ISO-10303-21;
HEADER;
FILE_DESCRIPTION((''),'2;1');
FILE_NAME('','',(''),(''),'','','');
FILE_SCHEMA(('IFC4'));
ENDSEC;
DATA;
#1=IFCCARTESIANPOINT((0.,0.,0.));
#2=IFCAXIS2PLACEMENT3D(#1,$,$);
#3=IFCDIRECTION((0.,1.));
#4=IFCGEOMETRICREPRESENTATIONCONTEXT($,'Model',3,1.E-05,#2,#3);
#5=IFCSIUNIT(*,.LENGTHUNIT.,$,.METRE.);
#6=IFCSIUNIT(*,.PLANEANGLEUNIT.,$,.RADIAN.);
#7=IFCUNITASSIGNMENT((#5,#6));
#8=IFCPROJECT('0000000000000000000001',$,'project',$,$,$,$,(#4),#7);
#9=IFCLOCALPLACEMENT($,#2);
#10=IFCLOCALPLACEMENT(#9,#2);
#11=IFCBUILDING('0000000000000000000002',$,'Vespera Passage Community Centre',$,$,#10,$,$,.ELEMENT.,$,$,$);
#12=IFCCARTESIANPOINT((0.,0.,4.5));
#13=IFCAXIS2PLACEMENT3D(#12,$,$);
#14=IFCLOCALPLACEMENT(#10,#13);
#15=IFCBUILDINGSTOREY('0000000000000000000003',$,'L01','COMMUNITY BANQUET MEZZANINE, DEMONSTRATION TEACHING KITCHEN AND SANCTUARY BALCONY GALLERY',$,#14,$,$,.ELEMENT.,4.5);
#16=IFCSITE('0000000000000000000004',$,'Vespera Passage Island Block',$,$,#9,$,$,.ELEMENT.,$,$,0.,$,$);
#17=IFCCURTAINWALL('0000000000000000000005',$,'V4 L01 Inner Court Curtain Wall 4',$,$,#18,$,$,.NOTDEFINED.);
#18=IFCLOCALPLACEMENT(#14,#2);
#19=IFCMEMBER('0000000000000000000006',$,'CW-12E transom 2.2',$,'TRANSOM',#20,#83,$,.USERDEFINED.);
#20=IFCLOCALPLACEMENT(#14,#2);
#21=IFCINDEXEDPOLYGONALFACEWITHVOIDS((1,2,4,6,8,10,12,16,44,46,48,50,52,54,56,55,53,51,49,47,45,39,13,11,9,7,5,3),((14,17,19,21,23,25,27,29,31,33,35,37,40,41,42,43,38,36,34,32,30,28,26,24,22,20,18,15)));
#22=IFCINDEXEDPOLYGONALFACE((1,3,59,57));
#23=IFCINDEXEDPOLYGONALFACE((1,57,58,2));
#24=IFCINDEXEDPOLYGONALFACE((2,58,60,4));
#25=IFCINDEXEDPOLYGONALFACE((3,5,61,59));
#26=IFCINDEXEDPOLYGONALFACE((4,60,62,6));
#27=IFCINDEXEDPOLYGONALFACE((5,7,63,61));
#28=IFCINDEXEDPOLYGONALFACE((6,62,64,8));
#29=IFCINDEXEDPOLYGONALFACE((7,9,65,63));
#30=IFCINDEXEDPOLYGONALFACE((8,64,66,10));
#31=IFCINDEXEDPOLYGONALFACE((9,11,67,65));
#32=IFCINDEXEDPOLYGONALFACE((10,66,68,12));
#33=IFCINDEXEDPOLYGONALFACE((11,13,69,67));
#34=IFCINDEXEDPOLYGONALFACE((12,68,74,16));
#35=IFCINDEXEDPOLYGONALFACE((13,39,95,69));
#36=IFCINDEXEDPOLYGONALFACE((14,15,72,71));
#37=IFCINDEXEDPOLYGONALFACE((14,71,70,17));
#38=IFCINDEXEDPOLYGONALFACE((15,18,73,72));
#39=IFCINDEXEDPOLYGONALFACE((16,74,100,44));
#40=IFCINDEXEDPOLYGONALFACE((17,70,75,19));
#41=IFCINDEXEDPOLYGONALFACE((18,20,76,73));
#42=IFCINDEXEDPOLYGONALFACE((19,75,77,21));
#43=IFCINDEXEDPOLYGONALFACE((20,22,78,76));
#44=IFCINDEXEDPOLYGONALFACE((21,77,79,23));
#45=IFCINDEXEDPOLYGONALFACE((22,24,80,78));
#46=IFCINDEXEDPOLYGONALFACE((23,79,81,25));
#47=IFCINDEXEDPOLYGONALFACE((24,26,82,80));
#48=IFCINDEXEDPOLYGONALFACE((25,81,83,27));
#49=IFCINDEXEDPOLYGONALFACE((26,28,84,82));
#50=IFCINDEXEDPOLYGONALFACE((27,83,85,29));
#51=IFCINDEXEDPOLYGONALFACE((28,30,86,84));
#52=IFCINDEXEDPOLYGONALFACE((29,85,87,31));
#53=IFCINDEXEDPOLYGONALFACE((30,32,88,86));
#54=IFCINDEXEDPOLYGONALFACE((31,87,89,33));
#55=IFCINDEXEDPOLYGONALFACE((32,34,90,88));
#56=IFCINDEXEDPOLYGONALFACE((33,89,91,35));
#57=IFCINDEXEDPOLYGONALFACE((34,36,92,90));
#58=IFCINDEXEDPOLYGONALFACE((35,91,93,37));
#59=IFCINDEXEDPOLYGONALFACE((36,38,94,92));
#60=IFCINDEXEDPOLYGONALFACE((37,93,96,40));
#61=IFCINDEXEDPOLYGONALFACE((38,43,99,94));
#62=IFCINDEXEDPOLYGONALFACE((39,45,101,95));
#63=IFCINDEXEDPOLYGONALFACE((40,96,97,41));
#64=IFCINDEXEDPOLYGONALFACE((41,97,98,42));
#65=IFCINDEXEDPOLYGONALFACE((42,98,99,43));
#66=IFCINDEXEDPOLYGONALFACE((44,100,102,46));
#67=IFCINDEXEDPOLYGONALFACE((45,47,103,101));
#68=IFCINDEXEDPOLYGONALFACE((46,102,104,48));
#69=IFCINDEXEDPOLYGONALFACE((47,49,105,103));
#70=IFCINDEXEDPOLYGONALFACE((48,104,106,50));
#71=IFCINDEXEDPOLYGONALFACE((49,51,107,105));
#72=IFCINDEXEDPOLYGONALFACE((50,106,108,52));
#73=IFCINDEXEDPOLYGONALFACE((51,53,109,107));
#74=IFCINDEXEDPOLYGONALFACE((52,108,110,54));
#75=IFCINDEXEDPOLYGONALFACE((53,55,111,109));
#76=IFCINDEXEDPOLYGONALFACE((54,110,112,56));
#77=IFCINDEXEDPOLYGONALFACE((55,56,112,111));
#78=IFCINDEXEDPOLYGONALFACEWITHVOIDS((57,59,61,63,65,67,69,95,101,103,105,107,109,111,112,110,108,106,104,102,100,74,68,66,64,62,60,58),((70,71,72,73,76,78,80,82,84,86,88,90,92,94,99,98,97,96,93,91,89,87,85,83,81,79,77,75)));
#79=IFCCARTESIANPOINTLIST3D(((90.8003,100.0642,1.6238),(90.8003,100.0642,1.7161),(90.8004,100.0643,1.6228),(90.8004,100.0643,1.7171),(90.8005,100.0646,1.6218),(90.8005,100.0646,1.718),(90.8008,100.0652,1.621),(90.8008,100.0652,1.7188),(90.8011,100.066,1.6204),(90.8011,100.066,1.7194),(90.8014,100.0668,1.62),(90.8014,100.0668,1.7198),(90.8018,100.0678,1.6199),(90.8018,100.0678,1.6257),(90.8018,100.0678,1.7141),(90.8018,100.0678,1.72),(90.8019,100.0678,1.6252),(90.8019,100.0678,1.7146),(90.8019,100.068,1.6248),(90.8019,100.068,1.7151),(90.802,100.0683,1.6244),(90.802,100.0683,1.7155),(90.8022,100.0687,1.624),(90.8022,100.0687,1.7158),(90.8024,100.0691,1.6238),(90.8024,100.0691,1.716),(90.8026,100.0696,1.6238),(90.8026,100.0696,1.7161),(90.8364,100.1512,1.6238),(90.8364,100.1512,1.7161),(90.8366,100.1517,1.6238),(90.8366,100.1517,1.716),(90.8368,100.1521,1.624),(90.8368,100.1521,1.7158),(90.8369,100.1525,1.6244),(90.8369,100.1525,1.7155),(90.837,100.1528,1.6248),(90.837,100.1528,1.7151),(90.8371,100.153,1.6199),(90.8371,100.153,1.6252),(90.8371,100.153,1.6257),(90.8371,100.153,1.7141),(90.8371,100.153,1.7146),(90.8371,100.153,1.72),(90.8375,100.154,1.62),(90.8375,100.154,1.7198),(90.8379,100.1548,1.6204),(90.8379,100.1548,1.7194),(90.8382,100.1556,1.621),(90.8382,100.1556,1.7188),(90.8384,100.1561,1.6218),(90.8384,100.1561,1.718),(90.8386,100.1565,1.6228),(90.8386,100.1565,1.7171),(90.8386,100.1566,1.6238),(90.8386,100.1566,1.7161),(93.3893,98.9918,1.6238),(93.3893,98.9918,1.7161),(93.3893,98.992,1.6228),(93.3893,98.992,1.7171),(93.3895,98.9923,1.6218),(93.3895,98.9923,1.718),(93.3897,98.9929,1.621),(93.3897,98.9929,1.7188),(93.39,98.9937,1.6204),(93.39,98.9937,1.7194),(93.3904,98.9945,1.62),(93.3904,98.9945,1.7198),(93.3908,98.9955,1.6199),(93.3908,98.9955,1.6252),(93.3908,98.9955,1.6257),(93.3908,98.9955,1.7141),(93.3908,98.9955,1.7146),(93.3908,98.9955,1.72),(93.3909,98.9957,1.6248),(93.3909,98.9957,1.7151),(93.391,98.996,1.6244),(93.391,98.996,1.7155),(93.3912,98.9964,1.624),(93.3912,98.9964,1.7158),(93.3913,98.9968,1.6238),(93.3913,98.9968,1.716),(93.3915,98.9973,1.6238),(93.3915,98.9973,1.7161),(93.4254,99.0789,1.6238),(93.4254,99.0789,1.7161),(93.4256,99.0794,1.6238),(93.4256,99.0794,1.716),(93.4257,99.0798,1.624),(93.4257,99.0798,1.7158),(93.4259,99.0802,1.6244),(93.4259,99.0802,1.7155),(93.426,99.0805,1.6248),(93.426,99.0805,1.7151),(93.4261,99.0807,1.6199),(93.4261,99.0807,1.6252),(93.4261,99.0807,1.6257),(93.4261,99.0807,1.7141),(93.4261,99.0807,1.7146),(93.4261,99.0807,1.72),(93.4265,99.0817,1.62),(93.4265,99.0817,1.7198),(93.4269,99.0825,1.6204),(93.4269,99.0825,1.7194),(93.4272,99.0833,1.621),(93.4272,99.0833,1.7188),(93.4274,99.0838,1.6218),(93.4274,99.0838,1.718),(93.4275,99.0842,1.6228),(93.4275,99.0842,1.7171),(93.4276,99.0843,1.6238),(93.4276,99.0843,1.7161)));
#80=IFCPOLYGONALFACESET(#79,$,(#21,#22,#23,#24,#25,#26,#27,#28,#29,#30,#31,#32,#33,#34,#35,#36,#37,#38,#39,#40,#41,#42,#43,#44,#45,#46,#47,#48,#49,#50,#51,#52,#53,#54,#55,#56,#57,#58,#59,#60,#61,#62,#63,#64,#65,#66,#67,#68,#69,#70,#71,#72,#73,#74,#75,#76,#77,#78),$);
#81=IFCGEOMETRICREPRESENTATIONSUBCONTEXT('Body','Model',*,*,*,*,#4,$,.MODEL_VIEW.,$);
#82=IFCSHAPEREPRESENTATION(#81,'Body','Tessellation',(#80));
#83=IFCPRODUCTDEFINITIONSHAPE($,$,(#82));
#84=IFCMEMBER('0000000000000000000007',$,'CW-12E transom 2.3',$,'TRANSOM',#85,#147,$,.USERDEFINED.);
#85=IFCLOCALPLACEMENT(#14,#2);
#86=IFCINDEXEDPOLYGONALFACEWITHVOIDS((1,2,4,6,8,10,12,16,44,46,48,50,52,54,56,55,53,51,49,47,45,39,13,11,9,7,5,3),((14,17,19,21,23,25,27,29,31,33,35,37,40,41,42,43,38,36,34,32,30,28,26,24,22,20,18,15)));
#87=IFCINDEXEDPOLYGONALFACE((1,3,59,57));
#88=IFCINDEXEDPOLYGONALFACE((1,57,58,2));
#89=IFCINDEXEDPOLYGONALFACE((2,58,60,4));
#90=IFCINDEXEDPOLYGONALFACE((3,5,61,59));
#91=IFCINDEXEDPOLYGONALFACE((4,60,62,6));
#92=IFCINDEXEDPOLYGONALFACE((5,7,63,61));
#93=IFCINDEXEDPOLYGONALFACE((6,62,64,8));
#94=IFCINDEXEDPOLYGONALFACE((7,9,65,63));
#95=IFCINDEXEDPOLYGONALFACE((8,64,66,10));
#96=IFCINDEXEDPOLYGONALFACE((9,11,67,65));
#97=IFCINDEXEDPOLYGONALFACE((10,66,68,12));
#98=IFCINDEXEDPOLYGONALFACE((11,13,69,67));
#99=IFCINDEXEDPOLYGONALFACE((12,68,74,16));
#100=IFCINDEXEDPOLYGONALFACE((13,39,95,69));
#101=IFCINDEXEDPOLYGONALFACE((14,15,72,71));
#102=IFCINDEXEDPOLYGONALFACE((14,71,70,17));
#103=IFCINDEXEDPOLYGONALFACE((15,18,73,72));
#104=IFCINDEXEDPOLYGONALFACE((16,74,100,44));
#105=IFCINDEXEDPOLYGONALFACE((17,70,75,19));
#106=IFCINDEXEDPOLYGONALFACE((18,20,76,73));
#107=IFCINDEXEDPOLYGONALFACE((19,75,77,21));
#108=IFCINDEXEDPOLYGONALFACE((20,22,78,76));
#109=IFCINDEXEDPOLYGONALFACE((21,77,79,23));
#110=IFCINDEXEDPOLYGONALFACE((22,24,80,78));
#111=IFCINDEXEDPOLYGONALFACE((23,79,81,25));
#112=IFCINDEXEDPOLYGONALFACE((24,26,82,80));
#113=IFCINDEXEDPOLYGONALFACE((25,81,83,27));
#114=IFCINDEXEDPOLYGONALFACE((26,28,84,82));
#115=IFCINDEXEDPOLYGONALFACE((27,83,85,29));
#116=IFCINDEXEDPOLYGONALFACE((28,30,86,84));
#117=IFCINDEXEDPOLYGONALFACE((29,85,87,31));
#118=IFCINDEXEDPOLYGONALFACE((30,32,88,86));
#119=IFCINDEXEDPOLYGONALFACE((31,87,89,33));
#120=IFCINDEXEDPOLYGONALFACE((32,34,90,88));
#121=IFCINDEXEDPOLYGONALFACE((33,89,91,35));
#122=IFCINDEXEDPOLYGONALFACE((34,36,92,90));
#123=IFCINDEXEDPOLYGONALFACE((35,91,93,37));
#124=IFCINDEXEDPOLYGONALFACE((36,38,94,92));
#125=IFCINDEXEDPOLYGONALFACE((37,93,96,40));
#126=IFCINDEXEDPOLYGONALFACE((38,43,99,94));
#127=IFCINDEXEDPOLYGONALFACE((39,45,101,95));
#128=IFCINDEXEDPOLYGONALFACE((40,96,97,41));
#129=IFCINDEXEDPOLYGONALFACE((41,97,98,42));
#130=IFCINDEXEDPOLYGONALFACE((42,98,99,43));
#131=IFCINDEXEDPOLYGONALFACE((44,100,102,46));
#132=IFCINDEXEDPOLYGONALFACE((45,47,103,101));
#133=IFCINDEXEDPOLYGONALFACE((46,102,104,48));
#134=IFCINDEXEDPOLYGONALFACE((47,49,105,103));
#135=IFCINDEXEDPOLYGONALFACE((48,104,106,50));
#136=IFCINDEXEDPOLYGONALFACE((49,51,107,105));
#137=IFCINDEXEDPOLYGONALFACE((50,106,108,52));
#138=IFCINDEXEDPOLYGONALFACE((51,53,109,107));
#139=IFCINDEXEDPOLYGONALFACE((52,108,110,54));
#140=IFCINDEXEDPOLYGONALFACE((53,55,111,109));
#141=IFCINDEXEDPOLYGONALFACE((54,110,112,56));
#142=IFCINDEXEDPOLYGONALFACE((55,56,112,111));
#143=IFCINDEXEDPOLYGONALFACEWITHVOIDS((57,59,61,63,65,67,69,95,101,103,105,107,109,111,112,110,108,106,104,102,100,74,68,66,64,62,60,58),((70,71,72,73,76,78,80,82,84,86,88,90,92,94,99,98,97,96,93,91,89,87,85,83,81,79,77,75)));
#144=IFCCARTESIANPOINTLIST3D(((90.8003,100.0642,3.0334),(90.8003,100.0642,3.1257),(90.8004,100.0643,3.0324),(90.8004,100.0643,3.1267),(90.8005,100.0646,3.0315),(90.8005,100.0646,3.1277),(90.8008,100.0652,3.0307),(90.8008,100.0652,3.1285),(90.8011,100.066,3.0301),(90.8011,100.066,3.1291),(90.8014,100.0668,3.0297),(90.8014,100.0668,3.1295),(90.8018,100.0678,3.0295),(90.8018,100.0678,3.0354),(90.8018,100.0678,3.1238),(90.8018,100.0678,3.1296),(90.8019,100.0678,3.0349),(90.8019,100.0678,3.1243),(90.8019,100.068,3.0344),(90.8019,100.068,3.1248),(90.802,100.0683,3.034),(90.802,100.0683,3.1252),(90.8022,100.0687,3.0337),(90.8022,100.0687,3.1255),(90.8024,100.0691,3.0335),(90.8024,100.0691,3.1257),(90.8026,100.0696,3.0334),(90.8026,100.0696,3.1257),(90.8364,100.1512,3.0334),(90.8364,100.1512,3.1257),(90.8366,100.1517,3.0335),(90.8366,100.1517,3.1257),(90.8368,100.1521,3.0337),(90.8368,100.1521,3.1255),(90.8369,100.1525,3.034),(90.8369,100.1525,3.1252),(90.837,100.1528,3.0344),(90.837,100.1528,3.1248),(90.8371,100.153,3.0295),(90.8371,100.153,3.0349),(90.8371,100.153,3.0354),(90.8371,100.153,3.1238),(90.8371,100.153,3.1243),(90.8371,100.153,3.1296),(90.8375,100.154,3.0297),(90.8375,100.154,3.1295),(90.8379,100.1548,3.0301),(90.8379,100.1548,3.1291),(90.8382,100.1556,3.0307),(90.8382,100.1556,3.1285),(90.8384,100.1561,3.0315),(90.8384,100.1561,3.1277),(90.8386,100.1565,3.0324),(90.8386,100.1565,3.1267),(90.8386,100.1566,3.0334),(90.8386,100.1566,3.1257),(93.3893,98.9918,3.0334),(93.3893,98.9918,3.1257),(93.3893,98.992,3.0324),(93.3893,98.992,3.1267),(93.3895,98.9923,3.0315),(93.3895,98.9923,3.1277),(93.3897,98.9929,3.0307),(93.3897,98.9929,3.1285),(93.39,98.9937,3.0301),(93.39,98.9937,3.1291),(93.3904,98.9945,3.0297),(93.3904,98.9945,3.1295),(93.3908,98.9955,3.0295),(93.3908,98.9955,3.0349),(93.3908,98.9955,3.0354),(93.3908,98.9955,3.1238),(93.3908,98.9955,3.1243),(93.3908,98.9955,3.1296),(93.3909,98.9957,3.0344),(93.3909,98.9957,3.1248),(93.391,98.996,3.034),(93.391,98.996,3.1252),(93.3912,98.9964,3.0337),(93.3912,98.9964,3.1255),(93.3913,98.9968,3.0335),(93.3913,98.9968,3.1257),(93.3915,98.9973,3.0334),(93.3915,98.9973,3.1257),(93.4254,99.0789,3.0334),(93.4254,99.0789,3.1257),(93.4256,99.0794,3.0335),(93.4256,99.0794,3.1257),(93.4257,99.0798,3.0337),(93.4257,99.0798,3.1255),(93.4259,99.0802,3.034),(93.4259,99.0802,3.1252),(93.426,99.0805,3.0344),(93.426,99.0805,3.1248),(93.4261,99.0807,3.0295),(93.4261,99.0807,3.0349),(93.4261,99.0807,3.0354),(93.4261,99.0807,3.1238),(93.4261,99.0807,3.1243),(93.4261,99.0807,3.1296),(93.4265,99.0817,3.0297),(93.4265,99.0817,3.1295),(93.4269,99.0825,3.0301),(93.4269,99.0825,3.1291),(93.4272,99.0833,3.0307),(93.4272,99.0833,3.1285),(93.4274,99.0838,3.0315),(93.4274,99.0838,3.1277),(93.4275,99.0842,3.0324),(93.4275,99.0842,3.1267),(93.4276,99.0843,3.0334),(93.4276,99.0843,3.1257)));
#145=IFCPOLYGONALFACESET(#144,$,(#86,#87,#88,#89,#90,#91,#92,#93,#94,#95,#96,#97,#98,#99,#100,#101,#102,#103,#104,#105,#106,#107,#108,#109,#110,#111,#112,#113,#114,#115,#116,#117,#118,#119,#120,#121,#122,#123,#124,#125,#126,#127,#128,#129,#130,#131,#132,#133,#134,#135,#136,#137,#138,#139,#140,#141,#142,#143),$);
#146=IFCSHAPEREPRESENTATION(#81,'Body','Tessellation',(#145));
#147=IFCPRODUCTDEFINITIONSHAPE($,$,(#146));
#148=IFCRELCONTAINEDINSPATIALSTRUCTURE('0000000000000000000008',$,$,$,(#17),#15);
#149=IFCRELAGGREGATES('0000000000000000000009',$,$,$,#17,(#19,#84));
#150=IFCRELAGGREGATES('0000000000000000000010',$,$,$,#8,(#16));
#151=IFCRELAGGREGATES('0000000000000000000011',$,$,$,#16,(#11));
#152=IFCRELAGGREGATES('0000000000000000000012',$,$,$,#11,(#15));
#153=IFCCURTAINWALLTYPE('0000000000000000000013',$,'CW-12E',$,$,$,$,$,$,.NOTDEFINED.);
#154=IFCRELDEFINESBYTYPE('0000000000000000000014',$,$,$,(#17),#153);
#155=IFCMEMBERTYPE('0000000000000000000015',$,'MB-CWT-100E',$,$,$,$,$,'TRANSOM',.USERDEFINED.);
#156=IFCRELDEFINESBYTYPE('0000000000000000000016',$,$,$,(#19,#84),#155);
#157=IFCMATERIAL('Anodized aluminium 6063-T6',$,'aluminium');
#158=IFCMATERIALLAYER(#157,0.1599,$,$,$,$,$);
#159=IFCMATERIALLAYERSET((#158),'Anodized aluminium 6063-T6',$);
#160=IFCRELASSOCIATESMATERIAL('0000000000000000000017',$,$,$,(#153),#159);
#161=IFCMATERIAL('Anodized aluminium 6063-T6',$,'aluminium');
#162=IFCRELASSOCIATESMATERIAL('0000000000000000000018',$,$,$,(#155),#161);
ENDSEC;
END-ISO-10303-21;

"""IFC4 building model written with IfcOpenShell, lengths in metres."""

from ifc_helpers import new_model, si_unit, direction, frame, origin, origin_2d, place, context, subcontext, project, spatial, hollow_rectangle, extrude, material, layer, layer_set, material_profile, profile_set, type_object, element, aggregate, save


model = new_model("IFC4")

# Units and contexts
model_context = context("Model", 3, precision=1e-05, world=origin(), true_north=direction((0.0, 1.0)))
body_context = subcontext(model_context, "Body", "Model", "MODEL_VIEW")
ifc_project = project(units=[si_unit("LENGTHUNIT", "METRE"), si_unit("PLANEANGLEUNIT", "RADIAN")], contexts=[model_context])

# Site, building, storey
site_placement = place(None, origin())
site = spatial("IfcSite", under=ifc_project, at=site_placement, Name="Vespera Passage Island Block", CompositionType="ELEMENT", RefElevation=0.0)
building_placement = place(site_placement, origin())
building = spatial("IfcBuilding", under=site, at=building_placement, Name="Vespera Passage Community Centre", CompositionType="ELEMENT")
storey_placement = place(building_placement, frame((0.0, 0.0, 4.5)))
storey = spatial("IfcBuildingStorey", under=building, at=storey_placement, Name="L01", Description="COMMUNITY BANQUET MEZZANINE, DEMONSTRATION TEACHING KITCHEN AND SANCTUARY BALCONY GALLERY", CompositionType="ELEMENT", Elevation=4.5)

# Curtain wall, members
ifc_material_1 = material(Name="Anodized aluminium 6063-T6", Category="aluminium")
ifc_layer_1 = layer(ifc_material_1, 0.1599)
ifc_layer_set_1 = layer_set([ifc_layer_1], Name="Anodized aluminium 6063-T6")
curtain_wall_type = type_object("IfcCurtainWallType", Name="CW-12E", PredefinedType="NOTDEFINED", material=ifc_layer_set_1)
curtain_wall_placement = place(storey_placement, origin())
curtain_wall = element("IfcCurtainWall", 1, at=curtain_wall_placement, inside=storey, type_object=curtain_wall_type, Name="V4 L01 Inner Court Curtain Wall 4", PredefinedType="NOTDEFINED")
ifc_material_2 = material(Name="Anodized aluminium 6063-T6", Category="aluminium")
ifc_material_profile_1 = material_profile(ifc_material_2, hollow_rectangle(XDim=0.1001, YDim=0.1001, WallThickness=0.0039, InnerFilletRadius=0.002, OuterFilletRadius=0.0039, at=origin_2d()), Name="ALU100X100X4")
ifc_profile_set_1 = profile_set([ifc_material_profile_1], Name="Anodized aluminium 6063-T6")
member_type_1 = type_object("IfcMemberType", Name="MB-CWT-100E", ElementType="TRANSOM", PredefinedType="USERDEFINED", material=ifc_profile_set_1)
member_1_placement = place(storey_placement, frame((93.4084, 99.0381, 1.6699), z_axis=(-0.923889, 0.38266, 0.0), x_axis=(-0.38266, -0.923889, 0.0)))
member_1 = element("IfcMember", 2, at=member_1_placement, type_object=member_type_1, Name="CW-12E transom 2.2", ObjectType="TRANSOM", PredefinedType="USERDEFINED", context=body_context, shape_type="SweptSolid", body=[
    extrude(hollow_rectangle(XDim=0.1001, YDim=0.1001, WallThickness=0.0039, InnerFilletRadius=0.002, OuterFilletRadius=0.0039, at=origin_2d()), origin(), (0.0, 0.0, 1.0), 2.8022),
])
member_2_placement = place(storey_placement, frame((93.4084, 99.0381, 3.0796), z_axis=(-0.923889, 0.38266, 0.0), x_axis=(-0.38266, -0.923889, 0.0)))
member_2 = element("IfcMember", 3, at=member_2_placement, type_object=member_type_1, Name="CW-12E transom 2.3", ObjectType="TRANSOM", PredefinedType="USERDEFINED", context=body_context, shape_type="SweptSolid", body=[
    extrude(hollow_rectangle(XDim=0.1001, YDim=0.1001, WallThickness=0.0039, InnerFilletRadius=0.002, OuterFilletRadius=0.0039, at=origin_2d()), origin(), (0.0, 0.0, 1.0), 2.8022),
])
aggregate(curtain_wall, [member_1, member_2])

save(model, "model.ifc")
